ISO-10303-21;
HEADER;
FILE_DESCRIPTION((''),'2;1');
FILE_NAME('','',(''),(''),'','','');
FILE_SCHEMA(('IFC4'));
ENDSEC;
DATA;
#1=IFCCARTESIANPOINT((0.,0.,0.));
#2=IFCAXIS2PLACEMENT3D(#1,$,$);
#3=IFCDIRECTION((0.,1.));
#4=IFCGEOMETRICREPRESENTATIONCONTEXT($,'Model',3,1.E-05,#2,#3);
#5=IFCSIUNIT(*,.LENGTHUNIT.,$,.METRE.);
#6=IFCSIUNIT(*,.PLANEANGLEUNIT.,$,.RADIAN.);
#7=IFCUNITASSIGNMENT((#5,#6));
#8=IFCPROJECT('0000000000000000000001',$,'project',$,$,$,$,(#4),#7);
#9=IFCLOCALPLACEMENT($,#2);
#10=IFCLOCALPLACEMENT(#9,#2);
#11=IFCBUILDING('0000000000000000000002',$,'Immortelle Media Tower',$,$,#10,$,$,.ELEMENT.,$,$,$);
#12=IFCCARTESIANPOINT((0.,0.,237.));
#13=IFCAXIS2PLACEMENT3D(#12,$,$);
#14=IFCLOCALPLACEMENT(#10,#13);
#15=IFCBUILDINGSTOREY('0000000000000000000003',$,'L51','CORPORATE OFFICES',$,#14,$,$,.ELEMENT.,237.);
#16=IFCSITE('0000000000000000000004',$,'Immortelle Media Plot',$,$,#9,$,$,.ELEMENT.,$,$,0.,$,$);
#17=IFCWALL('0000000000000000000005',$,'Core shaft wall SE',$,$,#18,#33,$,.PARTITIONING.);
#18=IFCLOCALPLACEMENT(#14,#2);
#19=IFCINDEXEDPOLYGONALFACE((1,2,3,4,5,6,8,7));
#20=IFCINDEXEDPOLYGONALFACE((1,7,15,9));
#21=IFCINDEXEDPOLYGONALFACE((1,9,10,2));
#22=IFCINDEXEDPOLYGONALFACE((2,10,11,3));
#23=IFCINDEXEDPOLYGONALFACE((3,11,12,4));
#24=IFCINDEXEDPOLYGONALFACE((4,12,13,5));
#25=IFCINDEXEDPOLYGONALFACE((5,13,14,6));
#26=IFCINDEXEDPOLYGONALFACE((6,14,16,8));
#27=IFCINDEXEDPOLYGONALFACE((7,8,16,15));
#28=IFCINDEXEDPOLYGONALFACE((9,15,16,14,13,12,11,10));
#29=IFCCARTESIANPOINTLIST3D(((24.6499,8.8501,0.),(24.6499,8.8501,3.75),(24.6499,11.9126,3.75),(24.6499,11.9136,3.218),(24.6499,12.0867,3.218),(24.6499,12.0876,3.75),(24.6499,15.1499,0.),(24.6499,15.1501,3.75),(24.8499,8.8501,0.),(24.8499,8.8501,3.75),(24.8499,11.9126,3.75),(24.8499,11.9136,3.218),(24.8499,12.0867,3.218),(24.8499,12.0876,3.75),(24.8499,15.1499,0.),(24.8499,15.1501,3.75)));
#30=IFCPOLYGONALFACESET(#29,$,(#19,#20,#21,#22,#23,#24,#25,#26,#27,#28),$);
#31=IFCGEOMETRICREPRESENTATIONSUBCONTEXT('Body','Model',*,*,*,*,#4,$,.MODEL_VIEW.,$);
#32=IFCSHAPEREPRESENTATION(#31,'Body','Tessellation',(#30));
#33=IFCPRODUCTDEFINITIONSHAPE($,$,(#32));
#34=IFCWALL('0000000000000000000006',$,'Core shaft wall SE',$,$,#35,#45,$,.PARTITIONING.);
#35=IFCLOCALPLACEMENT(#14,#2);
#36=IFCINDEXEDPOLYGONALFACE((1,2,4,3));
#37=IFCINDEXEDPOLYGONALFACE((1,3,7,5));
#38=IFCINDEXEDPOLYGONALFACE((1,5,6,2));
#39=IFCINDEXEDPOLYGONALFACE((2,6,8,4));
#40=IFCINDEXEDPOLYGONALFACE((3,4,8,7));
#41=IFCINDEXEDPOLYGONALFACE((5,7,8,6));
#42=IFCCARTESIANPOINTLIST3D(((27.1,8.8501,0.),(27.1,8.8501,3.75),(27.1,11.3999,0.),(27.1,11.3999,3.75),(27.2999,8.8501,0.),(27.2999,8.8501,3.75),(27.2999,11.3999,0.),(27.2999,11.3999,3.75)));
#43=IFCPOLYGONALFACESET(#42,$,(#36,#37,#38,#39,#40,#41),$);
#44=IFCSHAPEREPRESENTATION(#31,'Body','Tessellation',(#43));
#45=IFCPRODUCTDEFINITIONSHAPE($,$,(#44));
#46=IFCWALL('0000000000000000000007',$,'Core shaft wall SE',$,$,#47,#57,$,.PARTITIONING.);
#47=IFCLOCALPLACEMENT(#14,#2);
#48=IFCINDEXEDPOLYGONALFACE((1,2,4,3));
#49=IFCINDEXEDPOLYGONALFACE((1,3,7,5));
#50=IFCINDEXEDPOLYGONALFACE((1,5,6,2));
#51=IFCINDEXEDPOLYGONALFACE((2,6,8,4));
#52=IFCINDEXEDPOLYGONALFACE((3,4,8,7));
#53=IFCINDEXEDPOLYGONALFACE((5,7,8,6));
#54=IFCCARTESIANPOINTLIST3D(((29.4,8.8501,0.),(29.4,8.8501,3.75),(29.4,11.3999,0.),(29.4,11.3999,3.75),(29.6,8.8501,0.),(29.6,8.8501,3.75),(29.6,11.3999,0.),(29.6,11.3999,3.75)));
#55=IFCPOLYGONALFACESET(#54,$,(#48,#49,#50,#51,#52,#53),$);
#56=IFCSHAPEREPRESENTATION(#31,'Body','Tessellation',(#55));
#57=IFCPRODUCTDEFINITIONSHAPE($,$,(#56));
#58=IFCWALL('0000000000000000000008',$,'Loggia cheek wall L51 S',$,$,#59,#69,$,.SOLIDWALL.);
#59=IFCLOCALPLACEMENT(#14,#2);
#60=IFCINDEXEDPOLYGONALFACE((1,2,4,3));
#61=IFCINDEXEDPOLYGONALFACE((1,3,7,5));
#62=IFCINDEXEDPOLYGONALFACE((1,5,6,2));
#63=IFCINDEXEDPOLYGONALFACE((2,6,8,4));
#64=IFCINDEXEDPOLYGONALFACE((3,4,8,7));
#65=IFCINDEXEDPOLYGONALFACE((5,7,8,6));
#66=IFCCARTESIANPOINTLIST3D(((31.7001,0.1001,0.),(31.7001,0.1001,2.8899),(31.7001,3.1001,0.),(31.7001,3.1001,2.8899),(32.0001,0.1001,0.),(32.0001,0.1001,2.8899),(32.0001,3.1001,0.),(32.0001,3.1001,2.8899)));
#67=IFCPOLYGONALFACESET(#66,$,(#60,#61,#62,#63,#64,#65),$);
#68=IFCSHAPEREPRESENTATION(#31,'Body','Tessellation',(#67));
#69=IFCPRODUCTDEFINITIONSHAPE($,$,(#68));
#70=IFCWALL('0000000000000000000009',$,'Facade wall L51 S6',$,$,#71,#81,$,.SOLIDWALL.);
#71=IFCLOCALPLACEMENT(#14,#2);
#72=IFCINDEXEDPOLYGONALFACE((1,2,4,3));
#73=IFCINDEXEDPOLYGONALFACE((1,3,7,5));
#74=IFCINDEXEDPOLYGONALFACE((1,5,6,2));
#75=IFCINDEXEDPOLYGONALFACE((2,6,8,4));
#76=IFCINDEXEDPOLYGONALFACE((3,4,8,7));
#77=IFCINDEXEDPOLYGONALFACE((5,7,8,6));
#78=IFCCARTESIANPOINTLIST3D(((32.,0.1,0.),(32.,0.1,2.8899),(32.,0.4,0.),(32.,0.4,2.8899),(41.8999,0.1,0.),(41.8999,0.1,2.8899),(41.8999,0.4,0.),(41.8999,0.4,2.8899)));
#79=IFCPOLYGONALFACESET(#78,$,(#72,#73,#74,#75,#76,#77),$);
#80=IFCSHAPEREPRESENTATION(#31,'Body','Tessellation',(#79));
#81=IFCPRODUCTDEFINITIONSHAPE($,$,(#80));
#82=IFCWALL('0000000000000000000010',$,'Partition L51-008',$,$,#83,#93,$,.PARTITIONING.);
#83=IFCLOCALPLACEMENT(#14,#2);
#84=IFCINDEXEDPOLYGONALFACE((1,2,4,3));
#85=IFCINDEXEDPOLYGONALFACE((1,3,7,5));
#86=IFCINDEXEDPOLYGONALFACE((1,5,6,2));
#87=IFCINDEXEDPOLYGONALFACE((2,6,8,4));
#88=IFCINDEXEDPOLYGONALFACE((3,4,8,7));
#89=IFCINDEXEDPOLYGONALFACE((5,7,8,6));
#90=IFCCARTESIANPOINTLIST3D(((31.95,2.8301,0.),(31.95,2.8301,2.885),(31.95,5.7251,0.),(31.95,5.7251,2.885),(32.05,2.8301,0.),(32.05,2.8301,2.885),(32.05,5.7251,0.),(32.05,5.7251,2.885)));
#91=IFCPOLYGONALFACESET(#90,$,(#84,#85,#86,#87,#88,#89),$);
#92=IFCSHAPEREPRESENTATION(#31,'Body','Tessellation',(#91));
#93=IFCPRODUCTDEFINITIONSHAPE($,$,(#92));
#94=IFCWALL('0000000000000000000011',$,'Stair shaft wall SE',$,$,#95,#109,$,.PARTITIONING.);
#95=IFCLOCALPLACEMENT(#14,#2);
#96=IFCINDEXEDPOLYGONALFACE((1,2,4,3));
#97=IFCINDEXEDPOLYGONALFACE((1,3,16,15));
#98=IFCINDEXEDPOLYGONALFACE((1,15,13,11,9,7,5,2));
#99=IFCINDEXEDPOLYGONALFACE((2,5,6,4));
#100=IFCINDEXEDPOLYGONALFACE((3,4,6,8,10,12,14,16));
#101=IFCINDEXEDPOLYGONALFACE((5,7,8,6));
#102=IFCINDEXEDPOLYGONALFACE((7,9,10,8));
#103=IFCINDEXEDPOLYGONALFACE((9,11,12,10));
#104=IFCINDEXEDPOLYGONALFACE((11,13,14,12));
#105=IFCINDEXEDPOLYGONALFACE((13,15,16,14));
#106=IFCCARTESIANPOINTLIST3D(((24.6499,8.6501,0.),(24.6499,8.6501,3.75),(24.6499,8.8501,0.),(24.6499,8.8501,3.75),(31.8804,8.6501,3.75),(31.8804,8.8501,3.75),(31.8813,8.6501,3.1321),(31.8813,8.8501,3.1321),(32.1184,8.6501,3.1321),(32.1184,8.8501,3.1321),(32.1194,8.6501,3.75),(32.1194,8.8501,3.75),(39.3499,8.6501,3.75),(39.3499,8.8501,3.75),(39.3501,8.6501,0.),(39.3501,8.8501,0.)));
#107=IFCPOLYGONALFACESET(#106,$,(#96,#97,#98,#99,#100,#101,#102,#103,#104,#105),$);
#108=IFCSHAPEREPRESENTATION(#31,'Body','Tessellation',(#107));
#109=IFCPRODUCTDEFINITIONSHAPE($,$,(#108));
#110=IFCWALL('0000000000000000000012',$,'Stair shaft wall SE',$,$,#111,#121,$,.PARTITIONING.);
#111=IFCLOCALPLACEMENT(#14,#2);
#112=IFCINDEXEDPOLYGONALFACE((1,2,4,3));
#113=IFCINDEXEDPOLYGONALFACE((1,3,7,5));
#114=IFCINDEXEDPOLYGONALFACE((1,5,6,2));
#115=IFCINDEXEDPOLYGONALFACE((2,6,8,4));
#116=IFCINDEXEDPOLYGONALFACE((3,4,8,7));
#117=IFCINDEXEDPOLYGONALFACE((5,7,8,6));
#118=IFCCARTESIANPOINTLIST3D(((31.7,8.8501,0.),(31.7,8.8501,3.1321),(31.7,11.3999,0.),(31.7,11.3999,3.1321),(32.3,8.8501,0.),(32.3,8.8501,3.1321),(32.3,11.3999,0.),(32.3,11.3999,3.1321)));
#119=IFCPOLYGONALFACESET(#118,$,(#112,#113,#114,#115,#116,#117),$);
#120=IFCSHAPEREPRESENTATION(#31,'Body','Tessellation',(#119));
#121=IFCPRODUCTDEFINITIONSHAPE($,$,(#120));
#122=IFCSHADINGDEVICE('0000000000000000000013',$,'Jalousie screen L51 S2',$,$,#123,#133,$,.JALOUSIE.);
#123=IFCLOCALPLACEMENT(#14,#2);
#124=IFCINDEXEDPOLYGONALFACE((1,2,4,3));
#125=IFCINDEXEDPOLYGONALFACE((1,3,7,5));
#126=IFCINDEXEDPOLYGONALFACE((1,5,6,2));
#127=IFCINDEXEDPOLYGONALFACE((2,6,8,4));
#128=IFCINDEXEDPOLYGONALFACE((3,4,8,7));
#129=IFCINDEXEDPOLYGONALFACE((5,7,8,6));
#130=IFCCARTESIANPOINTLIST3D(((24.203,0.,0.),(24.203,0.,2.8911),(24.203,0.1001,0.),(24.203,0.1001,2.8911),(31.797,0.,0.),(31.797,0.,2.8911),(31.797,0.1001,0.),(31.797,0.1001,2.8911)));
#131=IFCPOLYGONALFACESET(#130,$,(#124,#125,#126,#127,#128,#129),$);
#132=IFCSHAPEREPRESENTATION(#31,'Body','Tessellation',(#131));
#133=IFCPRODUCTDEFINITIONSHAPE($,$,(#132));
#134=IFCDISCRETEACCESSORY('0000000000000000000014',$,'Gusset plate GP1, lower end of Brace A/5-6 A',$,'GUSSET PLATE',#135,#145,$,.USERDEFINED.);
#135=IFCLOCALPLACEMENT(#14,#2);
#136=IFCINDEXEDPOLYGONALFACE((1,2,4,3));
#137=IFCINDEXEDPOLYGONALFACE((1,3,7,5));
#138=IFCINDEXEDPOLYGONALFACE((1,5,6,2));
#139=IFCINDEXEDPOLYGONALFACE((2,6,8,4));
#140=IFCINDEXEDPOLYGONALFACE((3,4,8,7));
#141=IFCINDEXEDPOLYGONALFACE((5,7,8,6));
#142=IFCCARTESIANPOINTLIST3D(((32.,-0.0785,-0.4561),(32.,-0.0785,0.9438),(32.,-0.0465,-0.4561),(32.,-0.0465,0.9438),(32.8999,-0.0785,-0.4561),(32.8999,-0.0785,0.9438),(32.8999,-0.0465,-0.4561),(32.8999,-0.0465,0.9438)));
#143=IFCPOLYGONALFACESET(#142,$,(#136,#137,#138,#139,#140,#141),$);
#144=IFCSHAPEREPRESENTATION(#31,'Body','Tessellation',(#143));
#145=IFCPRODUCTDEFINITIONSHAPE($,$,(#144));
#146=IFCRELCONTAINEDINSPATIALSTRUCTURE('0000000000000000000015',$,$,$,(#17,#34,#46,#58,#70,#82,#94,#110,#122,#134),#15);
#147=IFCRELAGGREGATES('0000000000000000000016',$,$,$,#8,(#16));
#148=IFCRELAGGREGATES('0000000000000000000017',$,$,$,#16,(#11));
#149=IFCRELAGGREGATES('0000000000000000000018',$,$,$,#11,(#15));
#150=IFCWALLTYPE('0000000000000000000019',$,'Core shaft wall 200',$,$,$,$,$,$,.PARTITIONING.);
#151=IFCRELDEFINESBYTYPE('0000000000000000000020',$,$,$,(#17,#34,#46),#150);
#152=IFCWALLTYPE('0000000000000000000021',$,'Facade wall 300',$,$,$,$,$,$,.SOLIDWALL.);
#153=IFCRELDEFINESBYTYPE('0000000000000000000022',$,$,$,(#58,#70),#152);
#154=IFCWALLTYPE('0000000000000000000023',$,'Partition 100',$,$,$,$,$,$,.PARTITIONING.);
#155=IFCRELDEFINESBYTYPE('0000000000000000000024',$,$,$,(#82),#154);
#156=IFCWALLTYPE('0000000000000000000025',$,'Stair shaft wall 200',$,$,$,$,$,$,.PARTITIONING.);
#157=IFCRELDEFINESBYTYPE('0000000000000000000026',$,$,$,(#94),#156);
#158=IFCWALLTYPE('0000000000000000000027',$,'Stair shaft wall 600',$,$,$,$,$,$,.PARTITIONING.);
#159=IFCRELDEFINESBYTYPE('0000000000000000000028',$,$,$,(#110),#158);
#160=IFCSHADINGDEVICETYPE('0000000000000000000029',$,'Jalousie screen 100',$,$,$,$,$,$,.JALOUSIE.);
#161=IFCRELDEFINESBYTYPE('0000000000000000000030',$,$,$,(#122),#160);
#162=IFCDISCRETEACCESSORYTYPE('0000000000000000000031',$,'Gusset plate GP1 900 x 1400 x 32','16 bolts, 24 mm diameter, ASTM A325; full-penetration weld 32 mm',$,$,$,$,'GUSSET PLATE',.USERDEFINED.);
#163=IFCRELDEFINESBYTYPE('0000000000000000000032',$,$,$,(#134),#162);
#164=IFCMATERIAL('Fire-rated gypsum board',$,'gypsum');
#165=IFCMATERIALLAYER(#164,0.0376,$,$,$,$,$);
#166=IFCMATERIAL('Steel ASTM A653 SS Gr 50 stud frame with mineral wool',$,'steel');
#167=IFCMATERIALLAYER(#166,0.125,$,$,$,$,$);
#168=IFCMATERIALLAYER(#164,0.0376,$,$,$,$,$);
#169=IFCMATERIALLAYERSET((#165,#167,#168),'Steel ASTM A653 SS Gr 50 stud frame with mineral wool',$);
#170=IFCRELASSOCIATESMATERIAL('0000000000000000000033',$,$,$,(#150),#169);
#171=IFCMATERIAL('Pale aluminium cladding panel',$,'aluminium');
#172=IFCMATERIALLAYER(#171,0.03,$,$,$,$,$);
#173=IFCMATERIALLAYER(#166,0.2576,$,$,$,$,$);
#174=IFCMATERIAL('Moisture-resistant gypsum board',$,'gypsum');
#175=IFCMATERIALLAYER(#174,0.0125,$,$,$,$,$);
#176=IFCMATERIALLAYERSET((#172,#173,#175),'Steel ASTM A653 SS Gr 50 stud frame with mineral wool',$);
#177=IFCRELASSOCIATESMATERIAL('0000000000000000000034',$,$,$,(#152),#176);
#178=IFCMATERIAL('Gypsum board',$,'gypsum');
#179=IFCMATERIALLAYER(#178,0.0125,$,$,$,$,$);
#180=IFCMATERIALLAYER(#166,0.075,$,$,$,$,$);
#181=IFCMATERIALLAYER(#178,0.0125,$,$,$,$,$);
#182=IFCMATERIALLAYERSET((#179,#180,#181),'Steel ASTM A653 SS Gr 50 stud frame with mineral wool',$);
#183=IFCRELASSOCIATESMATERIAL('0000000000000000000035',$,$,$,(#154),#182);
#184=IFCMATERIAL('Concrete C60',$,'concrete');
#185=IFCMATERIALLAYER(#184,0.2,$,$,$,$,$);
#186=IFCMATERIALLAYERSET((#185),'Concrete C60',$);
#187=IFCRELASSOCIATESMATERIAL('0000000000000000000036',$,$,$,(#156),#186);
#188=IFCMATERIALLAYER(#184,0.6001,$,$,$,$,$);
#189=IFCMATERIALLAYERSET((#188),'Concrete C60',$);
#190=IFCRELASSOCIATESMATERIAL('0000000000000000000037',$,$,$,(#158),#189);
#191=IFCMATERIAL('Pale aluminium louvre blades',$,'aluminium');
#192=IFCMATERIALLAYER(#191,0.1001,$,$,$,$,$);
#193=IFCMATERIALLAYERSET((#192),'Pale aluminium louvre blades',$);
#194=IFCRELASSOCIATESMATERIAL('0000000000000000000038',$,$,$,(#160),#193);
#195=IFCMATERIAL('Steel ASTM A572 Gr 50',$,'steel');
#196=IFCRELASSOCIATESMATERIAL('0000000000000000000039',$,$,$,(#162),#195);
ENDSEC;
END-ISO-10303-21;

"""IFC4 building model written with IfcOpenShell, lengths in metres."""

from ifc_helpers import new_model, si_unit, direction, frame, frame_2d, origin, origin_2d, place, context, subcontext, project, spatial, polyline, rectangle, outline, extrude, material, layer, layer_set, material_profile, profile_set, type_object, element, save


model = new_model("IFC4")

# Units and contexts
model_context = context("Model", 3, precision=1e-05, world=origin(), true_north=direction((0.0, 1.0)))
body_context = subcontext(model_context, "Body", "Model", "MODEL_VIEW")
ifc_project = project(units=[si_unit("LENGTHUNIT", "METRE"), si_unit("PLANEANGLEUNIT", "RADIAN")], contexts=[model_context])

# Site, building, storey
site_placement = place(None, origin())
site = spatial("IfcSite", under=ifc_project, at=site_placement, Name="Immortelle Media Plot", CompositionType="ELEMENT", RefElevation=0.0)
building_placement = place(site_placement, origin())
building = spatial("IfcBuilding", under=site, at=building_placement, Name="Immortelle Media Tower", CompositionType="ELEMENT")
storey_placement = place(building_placement, frame((0.0, 0.0, 237.0)))
storey = spatial("IfcBuildingStorey", under=building, at=storey_placement, Name="L51", Description="CORPORATE OFFICES", CompositionType="ELEMENT", Elevation=237.0)

# Walls
ifc_material_1 = material(Name="Fire-rated gypsum board", Category="gypsum")
ifc_layer_1 = layer(ifc_material_1, 0.0376)
ifc_material_2 = material(Name="Steel ASTM A653 SS Gr 50 stud frame with mineral wool", Category="steel")
ifc_layer_2 = layer(ifc_material_2, 0.125)
ifc_layer_3 = layer(ifc_material_1, 0.0376)
ifc_layer_set_1 = layer_set([ifc_layer_1, ifc_layer_2, ifc_layer_3], Name="Steel ASTM A653 SS Gr 50 stud frame with mineral wool")
wall_type_1 = type_object("IfcWallType", Name="Core shaft wall 200", PredefinedType="PARTITIONING", material=ifc_layer_set_1)
wall_1_placement = place(storey_placement, frame((24.75, 8.8501, 0.0), z_axis=(0.0, 0.0, 1.0), x_axis=(0.0, 1.0, 0.0)))
element("IfcWall", 1, at=wall_1_placement, inside=storey, type_object=wall_type_1, Name="Core shaft wall SE", PredefinedType="PARTITIONING", context=body_context, shape_type="SweptSolid", body=[
    extrude(outline(polyline([(0.0, 0.0), (6.2998, 0.0), (6.3, 3.75), (3.2375, 3.75), (3.2366, 3.218), (3.0635, 3.218), (3.0625, 3.75), (0.0, 3.75), (0.0, 0.0)])), frame((0.0, 0.1001, 0.0), z_axis=(0.0, -1.0, 0.0), x_axis=(1.0, 0.0, 0.0)), (0.0, 0.0, 1.0), 0.2),
])
for number, where, z_axis, x_axis, name in (
    (2, (27.2, 8.8501, 0.0), (0.0, 0.0, 1.0), (0.0, 1.0, 0.0), "Core shaft wall SE"),
    (3, (29.5, 8.8501, 0.0), (0.0, 0.0, 1.0), (0.0, 1.0, 0.0), "Core shaft wall SE"),
):
    element("IfcWall", number, at=place(storey_placement, frame(where, z_axis=z_axis, x_axis=x_axis)), inside=storey, type_object=wall_type_1, Name=name, PredefinedType="PARTITIONING", context=body_context, shape_type="SweptSolid", body=[
        extrude(rectangle(XDim=2.5498, YDim=0.2, at=frame_2d((1.2749, 0.0))), origin(), (0.0, 0.0, 1.0), 3.75),
    ])
ifc_material_3 = material(Name="Pale aluminium cladding panel", Category="aluminium")
ifc_layer_4 = layer(ifc_material_3, 0.03)
ifc_layer_5 = layer(ifc_material_2, 0.2576)
ifc_material_4 = material(Name="Moisture-resistant gypsum board", Category="gypsum")
ifc_layer_6 = layer(ifc_material_4, 0.0125)
ifc_layer_set_2 = layer_set([ifc_layer_4, ifc_layer_5, ifc_layer_6], Name="Steel ASTM A653 SS Gr 50 stud frame with mineral wool")
wall_type_2 = type_object("IfcWallType", Name="Facade wall 300", PredefinedType="SOLIDWALL", material=ifc_layer_set_2)
wall_2_placement = place(storey_placement, frame((31.8501, 0.1001, 0.0), z_axis=(0.0, 0.0, 1.0), x_axis=(0.0, 1.0, 0.0)))
element("IfcWall", 4, at=wall_2_placement, inside=storey, type_object=wall_type_2, Name="Loggia cheek wall L51 S", PredefinedType="SOLIDWALL", context=body_context, shape_type="SweptSolid", body=[
    extrude(rectangle(XDim=3.0, YDim=0.3, at=frame_2d((1.5, 0.0))), origin(), (0.0, 0.0, 1.0), 2.8899),
])
wall_3_placement = place(storey_placement, frame((32.0, 0.25, 0.0), z_axis=(0.0, 0.0, 1.0), x_axis=(1.0, 0.0, 0.0)))
element("IfcWall", 5, at=wall_3_placement, inside=storey, type_object=wall_type_2, Name="Facade wall L51 S6", PredefinedType="SOLIDWALL", context=body_context, shape_type="SweptSolid", body=[
    extrude(rectangle(XDim=9.8999, YDim=0.3, at=frame_2d((4.95, 0.0))), origin(), (0.0, 0.0, 1.0), 2.8899),
])
ifc_material_5 = material(Name="Gypsum board", Category="gypsum")
ifc_layer_7 = layer(ifc_material_5, 0.0125)
ifc_layer_8 = layer(ifc_material_2, 0.075)
ifc_layer_9 = layer(ifc_material_5, 0.0125)
ifc_layer_set_3 = layer_set([ifc_layer_7, ifc_layer_8, ifc_layer_9], Name="Steel ASTM A653 SS Gr 50 stud frame with mineral wool")
wall_type_3 = type_object("IfcWallType", Name="Partition 100", PredefinedType="PARTITIONING", material=ifc_layer_set_3)
wall_4_placement = place(storey_placement, frame((32.0, 2.8301, 0.0), z_axis=(0.0, 0.0, 1.0), x_axis=(0.0, 1.0, 0.0)))
element("IfcWall", 6, at=wall_4_placement, inside=storey, type_object=wall_type_3, Name="Partition L51-008", PredefinedType="PARTITIONING", context=body_context, shape_type="SweptSolid", body=[
    extrude(rectangle(XDim=2.895, YDim=0.1001, at=frame_2d((1.4475, 0.0))), origin(), (0.0, 0.0, 1.0), 2.885),
])
ifc_material_6 = material(Name="Concrete C60", Category="concrete")
ifc_layer_10 = layer(ifc_material_6, 0.2)
ifc_layer_set_4 = layer_set([ifc_layer_10], Name="Concrete C60")
wall_type_4 = type_object("IfcWallType", Name="Stair shaft wall 200", PredefinedType="PARTITIONING", material=ifc_layer_set_4)
wall_5_placement = place(storey_placement, frame((24.6499, 8.75, 0.0), z_axis=(0.0, 0.0, 1.0), x_axis=(1.0, 0.0, 0.0)))
element("IfcWall", 7, at=wall_5_placement, inside=storey, type_object=wall_type_4, Name="Stair shaft wall SE", PredefinedType="PARTITIONING", context=body_context, shape_type="SweptSolid", body=[
    extrude(outline(polyline([(0.0, 0.0), (14.7002, 0.0), (14.7, 3.75), (7.4695, 3.75), (7.4685, 3.1321), (7.2314, 3.1321), (7.2305, 3.75), (0.0, 3.75), (0.0, 0.0)])), frame((0.0, 0.1001, 0.0), z_axis=(0.0, -1.0, 0.0), x_axis=(1.0, 0.0, 0.0)), (0.0, 0.0, 1.0), 0.2),
])
ifc_layer_11 = layer(ifc_material_6, 0.6001)
ifc_layer_set_5 = layer_set([ifc_layer_11], Name="Concrete C60")
wall_type_5 = type_object("IfcWallType", Name="Stair shaft wall 600", PredefinedType="PARTITIONING", material=ifc_layer_set_5)
wall_6_placement = place(storey_placement, frame((32.0, 8.8501, 0.0), z_axis=(0.0, 0.0, 1.0), x_axis=(0.0, 1.0, 0.0)))
element("IfcWall", 8, at=wall_6_placement, inside=storey, type_object=wall_type_5, Name="Stair shaft wall SE", PredefinedType="PARTITIONING", context=body_context, shape_type="SweptSolid", body=[
    extrude(rectangle(XDim=2.5498, YDim=0.6001, at=frame_2d((1.2749, 0.0))), origin(), (0.0, 0.0, 1.0), 3.1321),
])

# Shading device
ifc_material_7 = material(Name="Pale aluminium louvre blades", Category="aluminium")
ifc_layer_12 = layer(ifc_material_7, 0.1001)
ifc_layer_set_6 = layer_set([ifc_layer_12], Name="Pale aluminium louvre blades")
shading_device_type = type_object("IfcShadingDeviceType", Name="Jalousie screen 100", PredefinedType="JALOUSIE", material=ifc_layer_set_6)
shading_device_placement = place(storey_placement, frame((28.0, 0.05, 0.0), z_axis=(0.0, 0.0, 1.0), x_axis=(1.0, 0.0, 0.0)))
element("IfcShadingDevice", 9, at=shading_device_placement, inside=storey, type_object=shading_device_type, Name="Jalousie screen L51 S2", PredefinedType="JALOUSIE", context=body_context, shape_type="SweptSolid", body=[
    extrude(rectangle(XDim=7.594, YDim=0.1001, at=origin_2d()), origin(), (0.0, 0.0, 1.0), 2.8911),
])

# Discrete accessory
ifc_material_8 = material(Name="Steel ASTM A572 Gr 50", Category="steel")
ifc_material_profile_1 = material_profile(ifc_material_8, rectangle(XDim=0.032, YDim=1.3999, at=origin_2d()), Name="PL 32 x 1400")
ifc_profile_set_1 = profile_set([ifc_material_profile_1], Name="Steel ASTM A572 Gr 50")
discrete_accessory_type = type_object("IfcDiscreteAccessoryType", Name="Gusset plate GP1 900 x 1400 x 32", Description="16 bolts, 24 mm diameter, ASTM A325; full-penetration weld 32 mm", ElementType="GUSSET PLATE", PredefinedType="USERDEFINED", material=ifc_profile_set_1)
discrete_accessory_placement = place(storey_placement, frame((32.0, -0.0625, 0.2439), z_axis=(1.0, 0.0, 0.0), x_axis=(0.0, 1.0, 0.0)))
element("IfcDiscreteAccessory", 10, at=discrete_accessory_placement, inside=storey, type_object=discrete_accessory_type, Name="Gusset plate GP1, lower end of Brace A/5-6 A", ObjectType="GUSSET PLATE", PredefinedType="USERDEFINED", context=body_context, shape_type="SweptSolid", body=[
    extrude(rectangle(XDim=0.032, YDim=1.3999, at=origin_2d()), origin(), (0.0, 0.0, 1.0), 0.8999),
])

save(model, "model.ifc")
